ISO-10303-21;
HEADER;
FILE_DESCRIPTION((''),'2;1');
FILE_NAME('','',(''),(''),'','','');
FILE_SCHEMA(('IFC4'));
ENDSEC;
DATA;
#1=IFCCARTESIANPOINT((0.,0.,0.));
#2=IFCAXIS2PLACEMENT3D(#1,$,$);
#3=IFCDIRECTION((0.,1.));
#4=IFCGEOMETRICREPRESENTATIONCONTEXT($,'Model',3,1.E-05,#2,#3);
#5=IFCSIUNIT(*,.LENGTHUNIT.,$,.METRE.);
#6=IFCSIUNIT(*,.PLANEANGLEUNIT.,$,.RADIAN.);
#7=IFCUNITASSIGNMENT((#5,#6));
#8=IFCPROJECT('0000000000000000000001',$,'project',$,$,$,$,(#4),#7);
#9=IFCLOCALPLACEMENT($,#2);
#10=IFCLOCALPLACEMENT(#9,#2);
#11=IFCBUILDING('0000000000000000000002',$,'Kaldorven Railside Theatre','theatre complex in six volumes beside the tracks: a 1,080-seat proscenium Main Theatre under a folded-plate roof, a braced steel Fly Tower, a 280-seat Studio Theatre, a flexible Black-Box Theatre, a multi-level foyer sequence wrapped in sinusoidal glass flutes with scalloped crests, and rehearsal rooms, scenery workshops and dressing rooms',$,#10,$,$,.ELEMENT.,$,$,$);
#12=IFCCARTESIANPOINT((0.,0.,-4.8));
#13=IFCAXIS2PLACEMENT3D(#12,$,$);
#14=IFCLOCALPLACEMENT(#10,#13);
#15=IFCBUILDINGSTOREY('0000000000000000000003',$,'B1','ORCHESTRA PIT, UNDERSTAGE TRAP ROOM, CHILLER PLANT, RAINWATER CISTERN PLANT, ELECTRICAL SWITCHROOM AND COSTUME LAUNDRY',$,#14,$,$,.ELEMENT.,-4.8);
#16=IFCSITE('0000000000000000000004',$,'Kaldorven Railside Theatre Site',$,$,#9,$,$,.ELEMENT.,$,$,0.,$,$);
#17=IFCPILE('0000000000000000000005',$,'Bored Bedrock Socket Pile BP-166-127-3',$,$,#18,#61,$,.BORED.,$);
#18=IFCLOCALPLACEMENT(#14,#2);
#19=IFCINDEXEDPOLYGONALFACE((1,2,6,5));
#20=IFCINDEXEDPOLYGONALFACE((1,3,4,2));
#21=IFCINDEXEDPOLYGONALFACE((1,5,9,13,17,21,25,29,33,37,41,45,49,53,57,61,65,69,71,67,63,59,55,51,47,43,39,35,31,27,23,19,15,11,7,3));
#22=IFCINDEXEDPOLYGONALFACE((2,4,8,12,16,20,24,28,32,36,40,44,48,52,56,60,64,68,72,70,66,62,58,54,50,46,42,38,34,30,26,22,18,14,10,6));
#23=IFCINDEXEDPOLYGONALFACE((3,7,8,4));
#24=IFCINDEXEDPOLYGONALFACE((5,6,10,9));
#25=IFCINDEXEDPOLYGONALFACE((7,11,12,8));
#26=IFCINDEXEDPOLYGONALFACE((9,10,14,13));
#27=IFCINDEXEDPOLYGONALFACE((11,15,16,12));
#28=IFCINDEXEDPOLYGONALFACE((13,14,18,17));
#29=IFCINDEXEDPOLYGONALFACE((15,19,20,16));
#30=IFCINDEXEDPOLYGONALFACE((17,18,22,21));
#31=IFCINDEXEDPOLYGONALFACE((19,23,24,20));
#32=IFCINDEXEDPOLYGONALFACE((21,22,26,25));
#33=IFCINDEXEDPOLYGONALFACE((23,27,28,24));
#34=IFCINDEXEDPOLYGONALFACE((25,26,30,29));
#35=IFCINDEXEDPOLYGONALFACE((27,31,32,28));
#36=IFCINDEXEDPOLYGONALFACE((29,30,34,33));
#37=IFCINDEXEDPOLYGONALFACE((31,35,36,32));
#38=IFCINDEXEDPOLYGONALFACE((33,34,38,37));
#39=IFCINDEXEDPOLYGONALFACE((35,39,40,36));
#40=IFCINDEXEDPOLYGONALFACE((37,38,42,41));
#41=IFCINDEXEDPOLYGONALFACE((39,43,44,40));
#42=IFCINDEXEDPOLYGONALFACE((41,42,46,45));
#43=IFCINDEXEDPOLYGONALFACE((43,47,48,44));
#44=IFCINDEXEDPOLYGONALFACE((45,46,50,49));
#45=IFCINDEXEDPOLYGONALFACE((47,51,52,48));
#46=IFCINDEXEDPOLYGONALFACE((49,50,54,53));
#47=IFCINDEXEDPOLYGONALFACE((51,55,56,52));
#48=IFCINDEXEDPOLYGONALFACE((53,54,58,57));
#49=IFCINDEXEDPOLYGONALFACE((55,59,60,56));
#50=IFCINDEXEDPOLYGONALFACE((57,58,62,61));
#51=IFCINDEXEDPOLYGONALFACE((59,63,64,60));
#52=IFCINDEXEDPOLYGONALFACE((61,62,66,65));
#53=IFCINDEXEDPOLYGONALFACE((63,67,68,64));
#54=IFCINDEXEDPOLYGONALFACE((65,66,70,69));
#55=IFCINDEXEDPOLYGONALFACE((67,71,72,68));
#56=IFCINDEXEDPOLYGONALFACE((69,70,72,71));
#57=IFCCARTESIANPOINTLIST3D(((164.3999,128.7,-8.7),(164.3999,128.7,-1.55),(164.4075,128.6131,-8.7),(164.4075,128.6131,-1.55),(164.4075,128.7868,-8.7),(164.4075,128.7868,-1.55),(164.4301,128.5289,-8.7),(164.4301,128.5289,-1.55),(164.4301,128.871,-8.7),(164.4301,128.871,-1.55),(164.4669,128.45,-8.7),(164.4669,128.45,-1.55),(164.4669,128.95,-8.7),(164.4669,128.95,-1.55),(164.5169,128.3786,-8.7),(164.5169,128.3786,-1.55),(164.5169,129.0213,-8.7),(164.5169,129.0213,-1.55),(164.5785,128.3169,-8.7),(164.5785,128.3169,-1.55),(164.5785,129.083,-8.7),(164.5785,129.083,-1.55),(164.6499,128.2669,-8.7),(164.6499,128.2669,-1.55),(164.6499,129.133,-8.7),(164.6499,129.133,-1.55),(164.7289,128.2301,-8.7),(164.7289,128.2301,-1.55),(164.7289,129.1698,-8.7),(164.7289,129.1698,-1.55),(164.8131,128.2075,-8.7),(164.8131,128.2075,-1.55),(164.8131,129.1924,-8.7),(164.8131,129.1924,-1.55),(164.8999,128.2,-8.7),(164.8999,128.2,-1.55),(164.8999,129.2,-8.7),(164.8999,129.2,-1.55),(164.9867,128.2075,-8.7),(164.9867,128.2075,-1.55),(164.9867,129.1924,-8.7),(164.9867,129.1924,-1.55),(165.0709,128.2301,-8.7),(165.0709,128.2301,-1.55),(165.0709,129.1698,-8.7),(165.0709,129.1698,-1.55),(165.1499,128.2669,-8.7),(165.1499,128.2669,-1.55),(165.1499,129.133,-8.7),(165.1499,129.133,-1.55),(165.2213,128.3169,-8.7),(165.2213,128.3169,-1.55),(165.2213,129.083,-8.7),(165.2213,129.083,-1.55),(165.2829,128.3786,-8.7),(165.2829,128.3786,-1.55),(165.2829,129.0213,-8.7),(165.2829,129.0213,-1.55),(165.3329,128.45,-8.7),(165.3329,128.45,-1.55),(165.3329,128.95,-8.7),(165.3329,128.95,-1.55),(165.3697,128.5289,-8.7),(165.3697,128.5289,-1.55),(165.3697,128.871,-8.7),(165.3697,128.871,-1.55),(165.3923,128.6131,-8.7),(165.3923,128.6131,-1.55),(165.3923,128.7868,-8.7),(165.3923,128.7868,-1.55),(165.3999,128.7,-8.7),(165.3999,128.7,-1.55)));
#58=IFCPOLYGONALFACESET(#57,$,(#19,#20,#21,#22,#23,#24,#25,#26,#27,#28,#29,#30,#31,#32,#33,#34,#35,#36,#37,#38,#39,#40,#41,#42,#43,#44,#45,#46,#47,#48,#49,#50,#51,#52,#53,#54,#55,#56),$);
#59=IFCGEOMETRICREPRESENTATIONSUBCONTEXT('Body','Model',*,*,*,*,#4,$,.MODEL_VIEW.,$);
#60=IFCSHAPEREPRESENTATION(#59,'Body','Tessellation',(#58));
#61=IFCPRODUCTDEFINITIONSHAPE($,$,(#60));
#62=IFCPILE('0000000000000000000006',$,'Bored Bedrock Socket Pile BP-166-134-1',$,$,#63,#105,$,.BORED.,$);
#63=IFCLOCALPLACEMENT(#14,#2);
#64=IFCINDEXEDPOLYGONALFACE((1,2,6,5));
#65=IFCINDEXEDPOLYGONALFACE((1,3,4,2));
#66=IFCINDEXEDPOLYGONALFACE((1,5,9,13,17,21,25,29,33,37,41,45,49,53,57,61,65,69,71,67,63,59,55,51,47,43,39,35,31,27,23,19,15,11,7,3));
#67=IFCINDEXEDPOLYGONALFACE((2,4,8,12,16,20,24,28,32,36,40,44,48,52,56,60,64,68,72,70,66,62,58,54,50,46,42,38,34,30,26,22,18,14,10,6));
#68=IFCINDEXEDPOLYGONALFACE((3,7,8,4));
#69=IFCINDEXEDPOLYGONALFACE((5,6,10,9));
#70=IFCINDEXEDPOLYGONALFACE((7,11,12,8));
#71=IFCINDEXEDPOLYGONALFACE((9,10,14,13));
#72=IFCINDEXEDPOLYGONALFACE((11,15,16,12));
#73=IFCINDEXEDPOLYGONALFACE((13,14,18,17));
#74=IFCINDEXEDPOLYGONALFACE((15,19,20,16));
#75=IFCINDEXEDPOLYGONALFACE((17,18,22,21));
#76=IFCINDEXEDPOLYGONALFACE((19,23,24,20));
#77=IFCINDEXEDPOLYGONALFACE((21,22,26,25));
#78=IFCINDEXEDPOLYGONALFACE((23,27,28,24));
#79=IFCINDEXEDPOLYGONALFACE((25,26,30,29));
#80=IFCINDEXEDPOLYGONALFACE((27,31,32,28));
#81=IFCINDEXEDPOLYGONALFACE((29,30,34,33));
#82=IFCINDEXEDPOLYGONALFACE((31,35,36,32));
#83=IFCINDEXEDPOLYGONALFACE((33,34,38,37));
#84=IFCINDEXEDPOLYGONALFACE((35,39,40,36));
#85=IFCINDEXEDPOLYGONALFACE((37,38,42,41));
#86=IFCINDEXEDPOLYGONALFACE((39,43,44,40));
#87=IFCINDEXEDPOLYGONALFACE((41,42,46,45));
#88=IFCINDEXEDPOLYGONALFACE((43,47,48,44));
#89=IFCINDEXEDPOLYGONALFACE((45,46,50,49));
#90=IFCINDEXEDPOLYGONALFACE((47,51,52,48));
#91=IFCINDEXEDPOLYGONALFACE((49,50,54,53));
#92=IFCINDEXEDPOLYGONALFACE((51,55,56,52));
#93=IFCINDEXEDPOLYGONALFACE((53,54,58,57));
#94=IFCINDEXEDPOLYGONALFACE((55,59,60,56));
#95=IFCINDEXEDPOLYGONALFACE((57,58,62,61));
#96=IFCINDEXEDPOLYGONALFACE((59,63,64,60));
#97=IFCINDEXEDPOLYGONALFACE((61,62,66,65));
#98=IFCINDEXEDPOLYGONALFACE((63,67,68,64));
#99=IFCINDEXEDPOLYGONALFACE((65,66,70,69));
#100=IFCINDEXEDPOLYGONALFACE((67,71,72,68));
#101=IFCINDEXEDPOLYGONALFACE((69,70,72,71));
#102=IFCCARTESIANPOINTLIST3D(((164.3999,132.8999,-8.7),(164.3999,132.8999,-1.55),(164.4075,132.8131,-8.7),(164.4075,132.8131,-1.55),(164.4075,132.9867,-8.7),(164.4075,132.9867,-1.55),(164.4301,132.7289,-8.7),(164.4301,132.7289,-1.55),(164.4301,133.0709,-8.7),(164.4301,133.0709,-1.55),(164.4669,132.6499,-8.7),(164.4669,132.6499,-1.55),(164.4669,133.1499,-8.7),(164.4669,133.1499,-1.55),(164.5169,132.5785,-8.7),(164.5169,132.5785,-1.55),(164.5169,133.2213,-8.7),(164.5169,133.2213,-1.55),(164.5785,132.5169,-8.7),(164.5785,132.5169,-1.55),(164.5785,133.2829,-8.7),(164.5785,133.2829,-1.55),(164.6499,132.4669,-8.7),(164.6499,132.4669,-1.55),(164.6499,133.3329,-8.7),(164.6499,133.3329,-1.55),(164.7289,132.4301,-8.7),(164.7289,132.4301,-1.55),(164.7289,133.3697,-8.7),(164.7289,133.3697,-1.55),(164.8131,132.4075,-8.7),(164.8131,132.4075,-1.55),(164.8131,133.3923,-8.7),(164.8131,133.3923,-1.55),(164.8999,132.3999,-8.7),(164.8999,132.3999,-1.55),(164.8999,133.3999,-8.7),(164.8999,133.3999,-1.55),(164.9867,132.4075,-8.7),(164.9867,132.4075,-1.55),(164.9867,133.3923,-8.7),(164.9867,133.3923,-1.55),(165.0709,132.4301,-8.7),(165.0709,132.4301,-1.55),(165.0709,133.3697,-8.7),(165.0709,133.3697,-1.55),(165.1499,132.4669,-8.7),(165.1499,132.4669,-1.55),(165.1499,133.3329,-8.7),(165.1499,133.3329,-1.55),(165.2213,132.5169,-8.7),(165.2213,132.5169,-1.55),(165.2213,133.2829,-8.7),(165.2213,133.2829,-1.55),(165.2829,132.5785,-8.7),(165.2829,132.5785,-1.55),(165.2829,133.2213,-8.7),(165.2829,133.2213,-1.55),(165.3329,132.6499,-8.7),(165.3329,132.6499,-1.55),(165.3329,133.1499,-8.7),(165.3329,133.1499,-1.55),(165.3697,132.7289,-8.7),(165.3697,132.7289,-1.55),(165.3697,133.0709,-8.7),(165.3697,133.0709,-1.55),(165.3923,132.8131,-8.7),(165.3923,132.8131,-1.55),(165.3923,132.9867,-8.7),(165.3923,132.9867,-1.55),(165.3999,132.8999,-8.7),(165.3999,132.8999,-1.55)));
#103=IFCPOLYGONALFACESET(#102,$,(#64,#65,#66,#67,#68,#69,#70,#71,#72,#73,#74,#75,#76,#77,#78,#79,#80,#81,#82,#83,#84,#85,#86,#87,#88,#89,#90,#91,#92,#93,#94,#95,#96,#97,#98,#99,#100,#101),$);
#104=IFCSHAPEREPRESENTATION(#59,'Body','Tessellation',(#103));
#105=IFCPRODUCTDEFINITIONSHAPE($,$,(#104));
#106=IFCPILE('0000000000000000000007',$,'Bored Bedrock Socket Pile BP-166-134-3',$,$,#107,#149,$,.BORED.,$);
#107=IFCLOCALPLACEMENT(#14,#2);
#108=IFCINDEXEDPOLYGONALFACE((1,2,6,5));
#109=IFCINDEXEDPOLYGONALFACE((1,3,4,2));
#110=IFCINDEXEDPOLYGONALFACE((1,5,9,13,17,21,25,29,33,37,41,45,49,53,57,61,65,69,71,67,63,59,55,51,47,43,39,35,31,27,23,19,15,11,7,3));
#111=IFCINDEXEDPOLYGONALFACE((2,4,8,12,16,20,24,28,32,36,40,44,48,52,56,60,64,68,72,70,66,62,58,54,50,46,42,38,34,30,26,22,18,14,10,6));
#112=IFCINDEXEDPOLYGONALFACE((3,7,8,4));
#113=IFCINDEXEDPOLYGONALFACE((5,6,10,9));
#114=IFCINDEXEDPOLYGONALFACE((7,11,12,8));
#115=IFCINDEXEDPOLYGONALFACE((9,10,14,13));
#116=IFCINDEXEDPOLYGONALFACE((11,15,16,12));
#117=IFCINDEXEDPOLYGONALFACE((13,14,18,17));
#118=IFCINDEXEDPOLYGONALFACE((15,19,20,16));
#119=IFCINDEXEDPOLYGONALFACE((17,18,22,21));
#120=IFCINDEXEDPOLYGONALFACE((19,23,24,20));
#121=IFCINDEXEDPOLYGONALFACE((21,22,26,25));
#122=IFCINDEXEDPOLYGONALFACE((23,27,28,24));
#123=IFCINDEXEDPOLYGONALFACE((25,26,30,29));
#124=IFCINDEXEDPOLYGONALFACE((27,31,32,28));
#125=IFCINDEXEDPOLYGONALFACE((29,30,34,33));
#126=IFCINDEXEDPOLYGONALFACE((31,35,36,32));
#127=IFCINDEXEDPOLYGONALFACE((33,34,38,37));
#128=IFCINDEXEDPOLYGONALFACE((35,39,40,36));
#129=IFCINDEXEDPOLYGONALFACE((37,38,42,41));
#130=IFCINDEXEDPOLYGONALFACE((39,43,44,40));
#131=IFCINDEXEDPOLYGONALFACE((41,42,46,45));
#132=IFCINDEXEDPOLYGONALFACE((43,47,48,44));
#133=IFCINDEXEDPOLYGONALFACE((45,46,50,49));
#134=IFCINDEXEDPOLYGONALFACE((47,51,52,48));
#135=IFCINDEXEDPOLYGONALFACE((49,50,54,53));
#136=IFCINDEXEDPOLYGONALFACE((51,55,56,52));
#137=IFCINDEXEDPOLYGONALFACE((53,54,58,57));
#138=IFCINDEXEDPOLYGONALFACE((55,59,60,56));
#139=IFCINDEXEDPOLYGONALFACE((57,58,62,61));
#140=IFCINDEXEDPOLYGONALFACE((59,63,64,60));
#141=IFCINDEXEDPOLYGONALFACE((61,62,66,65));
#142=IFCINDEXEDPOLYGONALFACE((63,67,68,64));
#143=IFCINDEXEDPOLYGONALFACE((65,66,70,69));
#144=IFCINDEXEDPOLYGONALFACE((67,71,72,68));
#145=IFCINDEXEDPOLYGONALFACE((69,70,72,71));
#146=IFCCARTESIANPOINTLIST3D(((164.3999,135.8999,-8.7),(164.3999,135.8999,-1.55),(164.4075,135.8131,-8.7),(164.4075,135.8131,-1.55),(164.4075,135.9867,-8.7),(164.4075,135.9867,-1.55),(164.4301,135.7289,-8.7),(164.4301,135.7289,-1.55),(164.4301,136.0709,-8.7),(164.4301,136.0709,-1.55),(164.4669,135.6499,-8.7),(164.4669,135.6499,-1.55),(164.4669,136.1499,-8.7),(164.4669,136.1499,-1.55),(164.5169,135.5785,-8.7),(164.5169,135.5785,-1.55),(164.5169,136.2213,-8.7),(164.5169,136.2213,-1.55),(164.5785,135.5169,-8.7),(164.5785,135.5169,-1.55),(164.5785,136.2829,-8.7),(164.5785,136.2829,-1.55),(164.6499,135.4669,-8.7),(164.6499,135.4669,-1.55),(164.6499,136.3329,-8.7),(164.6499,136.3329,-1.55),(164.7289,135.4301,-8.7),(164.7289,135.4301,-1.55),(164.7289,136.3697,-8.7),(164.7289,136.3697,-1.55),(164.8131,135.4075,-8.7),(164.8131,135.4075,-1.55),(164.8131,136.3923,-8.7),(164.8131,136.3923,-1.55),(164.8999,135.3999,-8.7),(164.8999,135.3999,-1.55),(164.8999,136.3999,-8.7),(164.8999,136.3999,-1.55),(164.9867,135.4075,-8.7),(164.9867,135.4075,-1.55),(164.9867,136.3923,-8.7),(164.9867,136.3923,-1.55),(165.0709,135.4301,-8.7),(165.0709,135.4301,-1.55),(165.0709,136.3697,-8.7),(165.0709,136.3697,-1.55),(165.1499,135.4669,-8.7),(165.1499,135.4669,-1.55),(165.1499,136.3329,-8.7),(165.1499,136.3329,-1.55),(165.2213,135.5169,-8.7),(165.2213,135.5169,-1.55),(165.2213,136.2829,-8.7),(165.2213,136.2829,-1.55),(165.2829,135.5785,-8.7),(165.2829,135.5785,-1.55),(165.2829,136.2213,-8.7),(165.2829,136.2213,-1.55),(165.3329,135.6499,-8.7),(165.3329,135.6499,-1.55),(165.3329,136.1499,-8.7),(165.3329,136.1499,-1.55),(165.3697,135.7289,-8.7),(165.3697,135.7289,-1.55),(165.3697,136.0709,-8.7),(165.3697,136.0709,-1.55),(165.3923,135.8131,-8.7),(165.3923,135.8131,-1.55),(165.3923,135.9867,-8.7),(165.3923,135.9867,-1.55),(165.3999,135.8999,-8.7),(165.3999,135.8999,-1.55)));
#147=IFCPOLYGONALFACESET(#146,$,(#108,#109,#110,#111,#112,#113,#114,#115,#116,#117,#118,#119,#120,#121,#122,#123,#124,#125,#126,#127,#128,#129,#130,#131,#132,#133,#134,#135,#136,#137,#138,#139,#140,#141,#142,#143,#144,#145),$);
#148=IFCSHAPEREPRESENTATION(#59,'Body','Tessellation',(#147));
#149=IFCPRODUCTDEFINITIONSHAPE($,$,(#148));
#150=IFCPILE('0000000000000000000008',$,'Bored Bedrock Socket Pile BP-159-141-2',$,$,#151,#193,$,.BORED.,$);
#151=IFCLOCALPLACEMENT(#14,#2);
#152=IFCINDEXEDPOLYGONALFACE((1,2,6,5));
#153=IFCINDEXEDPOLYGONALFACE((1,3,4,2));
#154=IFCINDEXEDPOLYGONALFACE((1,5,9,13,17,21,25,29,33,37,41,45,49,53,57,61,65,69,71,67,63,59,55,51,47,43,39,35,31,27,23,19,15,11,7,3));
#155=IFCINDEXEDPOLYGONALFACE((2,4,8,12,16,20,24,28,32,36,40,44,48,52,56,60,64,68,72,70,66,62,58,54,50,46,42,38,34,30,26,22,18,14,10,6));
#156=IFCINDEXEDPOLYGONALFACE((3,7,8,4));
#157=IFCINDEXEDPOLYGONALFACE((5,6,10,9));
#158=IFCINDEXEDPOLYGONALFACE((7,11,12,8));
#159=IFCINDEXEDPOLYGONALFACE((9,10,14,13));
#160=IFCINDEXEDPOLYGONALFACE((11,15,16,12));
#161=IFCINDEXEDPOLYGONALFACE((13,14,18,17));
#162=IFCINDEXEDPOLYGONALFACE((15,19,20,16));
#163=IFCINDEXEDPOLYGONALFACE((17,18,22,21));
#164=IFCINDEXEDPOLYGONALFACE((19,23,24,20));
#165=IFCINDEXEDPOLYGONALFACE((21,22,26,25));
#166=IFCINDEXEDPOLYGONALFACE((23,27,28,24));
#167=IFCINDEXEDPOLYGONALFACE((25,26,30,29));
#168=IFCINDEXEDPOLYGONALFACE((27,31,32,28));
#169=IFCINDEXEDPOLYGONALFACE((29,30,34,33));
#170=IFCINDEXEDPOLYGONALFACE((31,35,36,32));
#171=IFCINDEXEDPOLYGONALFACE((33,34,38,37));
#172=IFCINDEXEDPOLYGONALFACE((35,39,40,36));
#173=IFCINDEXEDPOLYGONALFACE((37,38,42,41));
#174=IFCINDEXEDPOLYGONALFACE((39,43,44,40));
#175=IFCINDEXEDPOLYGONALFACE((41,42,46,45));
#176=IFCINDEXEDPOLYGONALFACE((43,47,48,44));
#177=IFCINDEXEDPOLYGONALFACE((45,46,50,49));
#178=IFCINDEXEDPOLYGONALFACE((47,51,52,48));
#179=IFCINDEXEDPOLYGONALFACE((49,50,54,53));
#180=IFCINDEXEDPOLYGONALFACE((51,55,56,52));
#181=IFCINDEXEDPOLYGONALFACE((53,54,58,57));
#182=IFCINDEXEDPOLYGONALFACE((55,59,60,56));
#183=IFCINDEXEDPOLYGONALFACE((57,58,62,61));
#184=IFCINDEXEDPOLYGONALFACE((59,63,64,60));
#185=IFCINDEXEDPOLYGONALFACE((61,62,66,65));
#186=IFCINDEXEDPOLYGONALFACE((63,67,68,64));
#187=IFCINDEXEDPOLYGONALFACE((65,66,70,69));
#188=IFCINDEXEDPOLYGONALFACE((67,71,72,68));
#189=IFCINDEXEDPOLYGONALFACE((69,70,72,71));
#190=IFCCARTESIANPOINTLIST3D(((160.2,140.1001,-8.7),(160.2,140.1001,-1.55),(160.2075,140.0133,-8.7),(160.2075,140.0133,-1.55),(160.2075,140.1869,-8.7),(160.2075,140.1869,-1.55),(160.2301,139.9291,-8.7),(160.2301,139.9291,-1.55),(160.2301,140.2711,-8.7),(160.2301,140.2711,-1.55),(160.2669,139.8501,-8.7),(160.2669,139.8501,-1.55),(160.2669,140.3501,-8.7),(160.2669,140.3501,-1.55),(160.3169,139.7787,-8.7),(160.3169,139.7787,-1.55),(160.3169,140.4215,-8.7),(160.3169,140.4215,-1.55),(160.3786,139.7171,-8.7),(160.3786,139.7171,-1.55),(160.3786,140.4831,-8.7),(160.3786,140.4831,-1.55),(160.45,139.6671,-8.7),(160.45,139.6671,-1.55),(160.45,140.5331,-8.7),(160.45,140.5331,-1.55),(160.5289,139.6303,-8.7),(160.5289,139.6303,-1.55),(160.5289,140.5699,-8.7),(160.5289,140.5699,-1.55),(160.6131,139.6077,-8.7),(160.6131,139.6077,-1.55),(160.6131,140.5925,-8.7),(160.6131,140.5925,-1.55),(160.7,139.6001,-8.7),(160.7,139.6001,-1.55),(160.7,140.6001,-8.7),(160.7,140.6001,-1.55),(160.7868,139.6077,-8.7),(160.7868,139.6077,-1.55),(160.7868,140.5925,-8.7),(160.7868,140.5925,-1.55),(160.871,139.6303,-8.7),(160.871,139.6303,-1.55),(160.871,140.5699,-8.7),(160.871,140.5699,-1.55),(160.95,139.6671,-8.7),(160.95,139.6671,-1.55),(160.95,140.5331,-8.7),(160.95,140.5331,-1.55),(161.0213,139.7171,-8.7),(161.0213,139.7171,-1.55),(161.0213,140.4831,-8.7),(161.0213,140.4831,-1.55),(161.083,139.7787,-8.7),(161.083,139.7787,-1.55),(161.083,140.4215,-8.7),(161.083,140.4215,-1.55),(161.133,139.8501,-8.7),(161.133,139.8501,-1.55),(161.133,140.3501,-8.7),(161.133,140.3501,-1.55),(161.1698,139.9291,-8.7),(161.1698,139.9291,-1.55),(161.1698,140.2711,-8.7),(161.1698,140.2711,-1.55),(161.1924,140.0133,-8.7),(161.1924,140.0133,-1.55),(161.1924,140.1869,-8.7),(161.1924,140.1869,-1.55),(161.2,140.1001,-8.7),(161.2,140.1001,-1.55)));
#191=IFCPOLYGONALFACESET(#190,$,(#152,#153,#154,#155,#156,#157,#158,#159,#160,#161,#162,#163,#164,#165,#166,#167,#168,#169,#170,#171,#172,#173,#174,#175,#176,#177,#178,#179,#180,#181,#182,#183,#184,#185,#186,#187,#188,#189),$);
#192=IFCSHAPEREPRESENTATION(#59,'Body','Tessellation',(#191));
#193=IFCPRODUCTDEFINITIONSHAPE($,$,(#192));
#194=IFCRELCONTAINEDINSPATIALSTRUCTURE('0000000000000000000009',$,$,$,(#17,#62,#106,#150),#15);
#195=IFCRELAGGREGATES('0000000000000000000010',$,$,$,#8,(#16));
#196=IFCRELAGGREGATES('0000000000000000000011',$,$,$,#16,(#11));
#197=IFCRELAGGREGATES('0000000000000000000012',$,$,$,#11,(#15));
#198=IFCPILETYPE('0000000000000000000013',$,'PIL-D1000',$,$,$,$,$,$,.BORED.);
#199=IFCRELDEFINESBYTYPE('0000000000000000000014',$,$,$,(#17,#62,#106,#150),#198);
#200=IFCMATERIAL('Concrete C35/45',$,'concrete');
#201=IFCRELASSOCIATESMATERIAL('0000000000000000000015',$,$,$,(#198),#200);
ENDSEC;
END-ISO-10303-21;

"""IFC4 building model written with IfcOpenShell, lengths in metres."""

from ifc_helpers import new_model, si_unit, direction, frame, origin, origin_2d, place, context, subcontext, project, spatial, circle, extrude, material, material_profile, profile_set, type_object, element, save


model = new_model("IFC4")

# Units and contexts
model_context = context("Model", 3, precision=1e-05, world=origin(), true_north=direction((0.0, 1.0)))
body_context = subcontext(model_context, "Body", "Model", "MODEL_VIEW")
ifc_project = project(units=[si_unit("LENGTHUNIT", "METRE"), si_unit("PLANEANGLEUNIT", "RADIAN")], contexts=[model_context])

# Site, building, storey
site_placement = place(None, origin())
site = spatial("IfcSite", under=ifc_project, at=site_placement, Name="Kaldorven Railside Theatre Site", CompositionType="ELEMENT", RefElevation=0.0)
building_placement = place(site_placement, origin())
building = spatial("IfcBuilding", under=site, at=building_placement, Name="Kaldorven Railside Theatre", Description="theatre complex in six volumes beside the tracks: a 1,080-seat proscenium Main Theatre under a folded-plate roof, a braced steel Fly Tower, a 280-seat Studio Theatre, a flexible Black-Box Theatre, a multi-level foyer sequence wrapped in sinusoidal glass flutes with scalloped crests, and rehearsal rooms, scenery workshops and dressing rooms", CompositionType="ELEMENT")
storey_placement = place(building_placement, frame((0.0, 0.0, -4.8)))
storey = spatial("IfcBuildingStorey", under=building, at=storey_placement, Name="B1", Description="ORCHESTRA PIT, UNDERSTAGE TRAP ROOM, CHILLER PLANT, RAINWATER CISTERN PLANT, ELECTRICAL SWITCHROOM AND COSTUME LAUNDRY", CompositionType="ELEMENT", Elevation=-4.8)

# Piles
ifc_material_1 = material(Name="Concrete C35/45", Category="concrete")
ifc_material_profile_1 = material_profile(ifc_material_1, circle(Radius=0.5, at=origin_2d()), Name="BP D1000")
ifc_profile_set_1 = profile_set([ifc_material_profile_1], Name="Concrete C35/45")
pile_type_1 = type_object("IfcPileType", Name="PIL-D1000", PredefinedType="BORED", material=ifc_profile_set_1)
for number, where, z_axis, x_axis, name in (
    (1, (164.8999, 128.7, -1.55), (0.0, 0.0, -1.0), (1.0, 0.0, 0.0), "Bored Bedrock Socket Pile BP-166-127-3"),
    (2, (164.8999, 132.8999, -1.55), (0.0, 0.0, -1.0), (1.0, 0.0, 0.0), "Bored Bedrock Socket Pile BP-166-134-1"),
    (3, (164.8999, 135.8999, -1.55), (0.0, 0.0, -1.0), (1.0, 0.0, 0.0), "Bored Bedrock Socket Pile BP-166-134-3"),
    (4, (160.7, 140.1001, -1.55), (0.0, 0.0, -1.0), (1.0, 0.0, 0.0), "Bored Bedrock Socket Pile BP-159-141-2"),
):
    element("IfcPile", number, at=place(storey_placement, frame(where, z_axis=z_axis, x_axis=x_axis)), inside=storey, type_object=pile_type_1, Name=name, PredefinedType="BORED", context=body_context, shape_type="SweptSolid", body=[
        extrude(circle(Radius=0.5, at=origin_2d()), origin(), (0.0, 0.0, 1.0), 7.1499),
    ])

save(model, "model.ifc")
